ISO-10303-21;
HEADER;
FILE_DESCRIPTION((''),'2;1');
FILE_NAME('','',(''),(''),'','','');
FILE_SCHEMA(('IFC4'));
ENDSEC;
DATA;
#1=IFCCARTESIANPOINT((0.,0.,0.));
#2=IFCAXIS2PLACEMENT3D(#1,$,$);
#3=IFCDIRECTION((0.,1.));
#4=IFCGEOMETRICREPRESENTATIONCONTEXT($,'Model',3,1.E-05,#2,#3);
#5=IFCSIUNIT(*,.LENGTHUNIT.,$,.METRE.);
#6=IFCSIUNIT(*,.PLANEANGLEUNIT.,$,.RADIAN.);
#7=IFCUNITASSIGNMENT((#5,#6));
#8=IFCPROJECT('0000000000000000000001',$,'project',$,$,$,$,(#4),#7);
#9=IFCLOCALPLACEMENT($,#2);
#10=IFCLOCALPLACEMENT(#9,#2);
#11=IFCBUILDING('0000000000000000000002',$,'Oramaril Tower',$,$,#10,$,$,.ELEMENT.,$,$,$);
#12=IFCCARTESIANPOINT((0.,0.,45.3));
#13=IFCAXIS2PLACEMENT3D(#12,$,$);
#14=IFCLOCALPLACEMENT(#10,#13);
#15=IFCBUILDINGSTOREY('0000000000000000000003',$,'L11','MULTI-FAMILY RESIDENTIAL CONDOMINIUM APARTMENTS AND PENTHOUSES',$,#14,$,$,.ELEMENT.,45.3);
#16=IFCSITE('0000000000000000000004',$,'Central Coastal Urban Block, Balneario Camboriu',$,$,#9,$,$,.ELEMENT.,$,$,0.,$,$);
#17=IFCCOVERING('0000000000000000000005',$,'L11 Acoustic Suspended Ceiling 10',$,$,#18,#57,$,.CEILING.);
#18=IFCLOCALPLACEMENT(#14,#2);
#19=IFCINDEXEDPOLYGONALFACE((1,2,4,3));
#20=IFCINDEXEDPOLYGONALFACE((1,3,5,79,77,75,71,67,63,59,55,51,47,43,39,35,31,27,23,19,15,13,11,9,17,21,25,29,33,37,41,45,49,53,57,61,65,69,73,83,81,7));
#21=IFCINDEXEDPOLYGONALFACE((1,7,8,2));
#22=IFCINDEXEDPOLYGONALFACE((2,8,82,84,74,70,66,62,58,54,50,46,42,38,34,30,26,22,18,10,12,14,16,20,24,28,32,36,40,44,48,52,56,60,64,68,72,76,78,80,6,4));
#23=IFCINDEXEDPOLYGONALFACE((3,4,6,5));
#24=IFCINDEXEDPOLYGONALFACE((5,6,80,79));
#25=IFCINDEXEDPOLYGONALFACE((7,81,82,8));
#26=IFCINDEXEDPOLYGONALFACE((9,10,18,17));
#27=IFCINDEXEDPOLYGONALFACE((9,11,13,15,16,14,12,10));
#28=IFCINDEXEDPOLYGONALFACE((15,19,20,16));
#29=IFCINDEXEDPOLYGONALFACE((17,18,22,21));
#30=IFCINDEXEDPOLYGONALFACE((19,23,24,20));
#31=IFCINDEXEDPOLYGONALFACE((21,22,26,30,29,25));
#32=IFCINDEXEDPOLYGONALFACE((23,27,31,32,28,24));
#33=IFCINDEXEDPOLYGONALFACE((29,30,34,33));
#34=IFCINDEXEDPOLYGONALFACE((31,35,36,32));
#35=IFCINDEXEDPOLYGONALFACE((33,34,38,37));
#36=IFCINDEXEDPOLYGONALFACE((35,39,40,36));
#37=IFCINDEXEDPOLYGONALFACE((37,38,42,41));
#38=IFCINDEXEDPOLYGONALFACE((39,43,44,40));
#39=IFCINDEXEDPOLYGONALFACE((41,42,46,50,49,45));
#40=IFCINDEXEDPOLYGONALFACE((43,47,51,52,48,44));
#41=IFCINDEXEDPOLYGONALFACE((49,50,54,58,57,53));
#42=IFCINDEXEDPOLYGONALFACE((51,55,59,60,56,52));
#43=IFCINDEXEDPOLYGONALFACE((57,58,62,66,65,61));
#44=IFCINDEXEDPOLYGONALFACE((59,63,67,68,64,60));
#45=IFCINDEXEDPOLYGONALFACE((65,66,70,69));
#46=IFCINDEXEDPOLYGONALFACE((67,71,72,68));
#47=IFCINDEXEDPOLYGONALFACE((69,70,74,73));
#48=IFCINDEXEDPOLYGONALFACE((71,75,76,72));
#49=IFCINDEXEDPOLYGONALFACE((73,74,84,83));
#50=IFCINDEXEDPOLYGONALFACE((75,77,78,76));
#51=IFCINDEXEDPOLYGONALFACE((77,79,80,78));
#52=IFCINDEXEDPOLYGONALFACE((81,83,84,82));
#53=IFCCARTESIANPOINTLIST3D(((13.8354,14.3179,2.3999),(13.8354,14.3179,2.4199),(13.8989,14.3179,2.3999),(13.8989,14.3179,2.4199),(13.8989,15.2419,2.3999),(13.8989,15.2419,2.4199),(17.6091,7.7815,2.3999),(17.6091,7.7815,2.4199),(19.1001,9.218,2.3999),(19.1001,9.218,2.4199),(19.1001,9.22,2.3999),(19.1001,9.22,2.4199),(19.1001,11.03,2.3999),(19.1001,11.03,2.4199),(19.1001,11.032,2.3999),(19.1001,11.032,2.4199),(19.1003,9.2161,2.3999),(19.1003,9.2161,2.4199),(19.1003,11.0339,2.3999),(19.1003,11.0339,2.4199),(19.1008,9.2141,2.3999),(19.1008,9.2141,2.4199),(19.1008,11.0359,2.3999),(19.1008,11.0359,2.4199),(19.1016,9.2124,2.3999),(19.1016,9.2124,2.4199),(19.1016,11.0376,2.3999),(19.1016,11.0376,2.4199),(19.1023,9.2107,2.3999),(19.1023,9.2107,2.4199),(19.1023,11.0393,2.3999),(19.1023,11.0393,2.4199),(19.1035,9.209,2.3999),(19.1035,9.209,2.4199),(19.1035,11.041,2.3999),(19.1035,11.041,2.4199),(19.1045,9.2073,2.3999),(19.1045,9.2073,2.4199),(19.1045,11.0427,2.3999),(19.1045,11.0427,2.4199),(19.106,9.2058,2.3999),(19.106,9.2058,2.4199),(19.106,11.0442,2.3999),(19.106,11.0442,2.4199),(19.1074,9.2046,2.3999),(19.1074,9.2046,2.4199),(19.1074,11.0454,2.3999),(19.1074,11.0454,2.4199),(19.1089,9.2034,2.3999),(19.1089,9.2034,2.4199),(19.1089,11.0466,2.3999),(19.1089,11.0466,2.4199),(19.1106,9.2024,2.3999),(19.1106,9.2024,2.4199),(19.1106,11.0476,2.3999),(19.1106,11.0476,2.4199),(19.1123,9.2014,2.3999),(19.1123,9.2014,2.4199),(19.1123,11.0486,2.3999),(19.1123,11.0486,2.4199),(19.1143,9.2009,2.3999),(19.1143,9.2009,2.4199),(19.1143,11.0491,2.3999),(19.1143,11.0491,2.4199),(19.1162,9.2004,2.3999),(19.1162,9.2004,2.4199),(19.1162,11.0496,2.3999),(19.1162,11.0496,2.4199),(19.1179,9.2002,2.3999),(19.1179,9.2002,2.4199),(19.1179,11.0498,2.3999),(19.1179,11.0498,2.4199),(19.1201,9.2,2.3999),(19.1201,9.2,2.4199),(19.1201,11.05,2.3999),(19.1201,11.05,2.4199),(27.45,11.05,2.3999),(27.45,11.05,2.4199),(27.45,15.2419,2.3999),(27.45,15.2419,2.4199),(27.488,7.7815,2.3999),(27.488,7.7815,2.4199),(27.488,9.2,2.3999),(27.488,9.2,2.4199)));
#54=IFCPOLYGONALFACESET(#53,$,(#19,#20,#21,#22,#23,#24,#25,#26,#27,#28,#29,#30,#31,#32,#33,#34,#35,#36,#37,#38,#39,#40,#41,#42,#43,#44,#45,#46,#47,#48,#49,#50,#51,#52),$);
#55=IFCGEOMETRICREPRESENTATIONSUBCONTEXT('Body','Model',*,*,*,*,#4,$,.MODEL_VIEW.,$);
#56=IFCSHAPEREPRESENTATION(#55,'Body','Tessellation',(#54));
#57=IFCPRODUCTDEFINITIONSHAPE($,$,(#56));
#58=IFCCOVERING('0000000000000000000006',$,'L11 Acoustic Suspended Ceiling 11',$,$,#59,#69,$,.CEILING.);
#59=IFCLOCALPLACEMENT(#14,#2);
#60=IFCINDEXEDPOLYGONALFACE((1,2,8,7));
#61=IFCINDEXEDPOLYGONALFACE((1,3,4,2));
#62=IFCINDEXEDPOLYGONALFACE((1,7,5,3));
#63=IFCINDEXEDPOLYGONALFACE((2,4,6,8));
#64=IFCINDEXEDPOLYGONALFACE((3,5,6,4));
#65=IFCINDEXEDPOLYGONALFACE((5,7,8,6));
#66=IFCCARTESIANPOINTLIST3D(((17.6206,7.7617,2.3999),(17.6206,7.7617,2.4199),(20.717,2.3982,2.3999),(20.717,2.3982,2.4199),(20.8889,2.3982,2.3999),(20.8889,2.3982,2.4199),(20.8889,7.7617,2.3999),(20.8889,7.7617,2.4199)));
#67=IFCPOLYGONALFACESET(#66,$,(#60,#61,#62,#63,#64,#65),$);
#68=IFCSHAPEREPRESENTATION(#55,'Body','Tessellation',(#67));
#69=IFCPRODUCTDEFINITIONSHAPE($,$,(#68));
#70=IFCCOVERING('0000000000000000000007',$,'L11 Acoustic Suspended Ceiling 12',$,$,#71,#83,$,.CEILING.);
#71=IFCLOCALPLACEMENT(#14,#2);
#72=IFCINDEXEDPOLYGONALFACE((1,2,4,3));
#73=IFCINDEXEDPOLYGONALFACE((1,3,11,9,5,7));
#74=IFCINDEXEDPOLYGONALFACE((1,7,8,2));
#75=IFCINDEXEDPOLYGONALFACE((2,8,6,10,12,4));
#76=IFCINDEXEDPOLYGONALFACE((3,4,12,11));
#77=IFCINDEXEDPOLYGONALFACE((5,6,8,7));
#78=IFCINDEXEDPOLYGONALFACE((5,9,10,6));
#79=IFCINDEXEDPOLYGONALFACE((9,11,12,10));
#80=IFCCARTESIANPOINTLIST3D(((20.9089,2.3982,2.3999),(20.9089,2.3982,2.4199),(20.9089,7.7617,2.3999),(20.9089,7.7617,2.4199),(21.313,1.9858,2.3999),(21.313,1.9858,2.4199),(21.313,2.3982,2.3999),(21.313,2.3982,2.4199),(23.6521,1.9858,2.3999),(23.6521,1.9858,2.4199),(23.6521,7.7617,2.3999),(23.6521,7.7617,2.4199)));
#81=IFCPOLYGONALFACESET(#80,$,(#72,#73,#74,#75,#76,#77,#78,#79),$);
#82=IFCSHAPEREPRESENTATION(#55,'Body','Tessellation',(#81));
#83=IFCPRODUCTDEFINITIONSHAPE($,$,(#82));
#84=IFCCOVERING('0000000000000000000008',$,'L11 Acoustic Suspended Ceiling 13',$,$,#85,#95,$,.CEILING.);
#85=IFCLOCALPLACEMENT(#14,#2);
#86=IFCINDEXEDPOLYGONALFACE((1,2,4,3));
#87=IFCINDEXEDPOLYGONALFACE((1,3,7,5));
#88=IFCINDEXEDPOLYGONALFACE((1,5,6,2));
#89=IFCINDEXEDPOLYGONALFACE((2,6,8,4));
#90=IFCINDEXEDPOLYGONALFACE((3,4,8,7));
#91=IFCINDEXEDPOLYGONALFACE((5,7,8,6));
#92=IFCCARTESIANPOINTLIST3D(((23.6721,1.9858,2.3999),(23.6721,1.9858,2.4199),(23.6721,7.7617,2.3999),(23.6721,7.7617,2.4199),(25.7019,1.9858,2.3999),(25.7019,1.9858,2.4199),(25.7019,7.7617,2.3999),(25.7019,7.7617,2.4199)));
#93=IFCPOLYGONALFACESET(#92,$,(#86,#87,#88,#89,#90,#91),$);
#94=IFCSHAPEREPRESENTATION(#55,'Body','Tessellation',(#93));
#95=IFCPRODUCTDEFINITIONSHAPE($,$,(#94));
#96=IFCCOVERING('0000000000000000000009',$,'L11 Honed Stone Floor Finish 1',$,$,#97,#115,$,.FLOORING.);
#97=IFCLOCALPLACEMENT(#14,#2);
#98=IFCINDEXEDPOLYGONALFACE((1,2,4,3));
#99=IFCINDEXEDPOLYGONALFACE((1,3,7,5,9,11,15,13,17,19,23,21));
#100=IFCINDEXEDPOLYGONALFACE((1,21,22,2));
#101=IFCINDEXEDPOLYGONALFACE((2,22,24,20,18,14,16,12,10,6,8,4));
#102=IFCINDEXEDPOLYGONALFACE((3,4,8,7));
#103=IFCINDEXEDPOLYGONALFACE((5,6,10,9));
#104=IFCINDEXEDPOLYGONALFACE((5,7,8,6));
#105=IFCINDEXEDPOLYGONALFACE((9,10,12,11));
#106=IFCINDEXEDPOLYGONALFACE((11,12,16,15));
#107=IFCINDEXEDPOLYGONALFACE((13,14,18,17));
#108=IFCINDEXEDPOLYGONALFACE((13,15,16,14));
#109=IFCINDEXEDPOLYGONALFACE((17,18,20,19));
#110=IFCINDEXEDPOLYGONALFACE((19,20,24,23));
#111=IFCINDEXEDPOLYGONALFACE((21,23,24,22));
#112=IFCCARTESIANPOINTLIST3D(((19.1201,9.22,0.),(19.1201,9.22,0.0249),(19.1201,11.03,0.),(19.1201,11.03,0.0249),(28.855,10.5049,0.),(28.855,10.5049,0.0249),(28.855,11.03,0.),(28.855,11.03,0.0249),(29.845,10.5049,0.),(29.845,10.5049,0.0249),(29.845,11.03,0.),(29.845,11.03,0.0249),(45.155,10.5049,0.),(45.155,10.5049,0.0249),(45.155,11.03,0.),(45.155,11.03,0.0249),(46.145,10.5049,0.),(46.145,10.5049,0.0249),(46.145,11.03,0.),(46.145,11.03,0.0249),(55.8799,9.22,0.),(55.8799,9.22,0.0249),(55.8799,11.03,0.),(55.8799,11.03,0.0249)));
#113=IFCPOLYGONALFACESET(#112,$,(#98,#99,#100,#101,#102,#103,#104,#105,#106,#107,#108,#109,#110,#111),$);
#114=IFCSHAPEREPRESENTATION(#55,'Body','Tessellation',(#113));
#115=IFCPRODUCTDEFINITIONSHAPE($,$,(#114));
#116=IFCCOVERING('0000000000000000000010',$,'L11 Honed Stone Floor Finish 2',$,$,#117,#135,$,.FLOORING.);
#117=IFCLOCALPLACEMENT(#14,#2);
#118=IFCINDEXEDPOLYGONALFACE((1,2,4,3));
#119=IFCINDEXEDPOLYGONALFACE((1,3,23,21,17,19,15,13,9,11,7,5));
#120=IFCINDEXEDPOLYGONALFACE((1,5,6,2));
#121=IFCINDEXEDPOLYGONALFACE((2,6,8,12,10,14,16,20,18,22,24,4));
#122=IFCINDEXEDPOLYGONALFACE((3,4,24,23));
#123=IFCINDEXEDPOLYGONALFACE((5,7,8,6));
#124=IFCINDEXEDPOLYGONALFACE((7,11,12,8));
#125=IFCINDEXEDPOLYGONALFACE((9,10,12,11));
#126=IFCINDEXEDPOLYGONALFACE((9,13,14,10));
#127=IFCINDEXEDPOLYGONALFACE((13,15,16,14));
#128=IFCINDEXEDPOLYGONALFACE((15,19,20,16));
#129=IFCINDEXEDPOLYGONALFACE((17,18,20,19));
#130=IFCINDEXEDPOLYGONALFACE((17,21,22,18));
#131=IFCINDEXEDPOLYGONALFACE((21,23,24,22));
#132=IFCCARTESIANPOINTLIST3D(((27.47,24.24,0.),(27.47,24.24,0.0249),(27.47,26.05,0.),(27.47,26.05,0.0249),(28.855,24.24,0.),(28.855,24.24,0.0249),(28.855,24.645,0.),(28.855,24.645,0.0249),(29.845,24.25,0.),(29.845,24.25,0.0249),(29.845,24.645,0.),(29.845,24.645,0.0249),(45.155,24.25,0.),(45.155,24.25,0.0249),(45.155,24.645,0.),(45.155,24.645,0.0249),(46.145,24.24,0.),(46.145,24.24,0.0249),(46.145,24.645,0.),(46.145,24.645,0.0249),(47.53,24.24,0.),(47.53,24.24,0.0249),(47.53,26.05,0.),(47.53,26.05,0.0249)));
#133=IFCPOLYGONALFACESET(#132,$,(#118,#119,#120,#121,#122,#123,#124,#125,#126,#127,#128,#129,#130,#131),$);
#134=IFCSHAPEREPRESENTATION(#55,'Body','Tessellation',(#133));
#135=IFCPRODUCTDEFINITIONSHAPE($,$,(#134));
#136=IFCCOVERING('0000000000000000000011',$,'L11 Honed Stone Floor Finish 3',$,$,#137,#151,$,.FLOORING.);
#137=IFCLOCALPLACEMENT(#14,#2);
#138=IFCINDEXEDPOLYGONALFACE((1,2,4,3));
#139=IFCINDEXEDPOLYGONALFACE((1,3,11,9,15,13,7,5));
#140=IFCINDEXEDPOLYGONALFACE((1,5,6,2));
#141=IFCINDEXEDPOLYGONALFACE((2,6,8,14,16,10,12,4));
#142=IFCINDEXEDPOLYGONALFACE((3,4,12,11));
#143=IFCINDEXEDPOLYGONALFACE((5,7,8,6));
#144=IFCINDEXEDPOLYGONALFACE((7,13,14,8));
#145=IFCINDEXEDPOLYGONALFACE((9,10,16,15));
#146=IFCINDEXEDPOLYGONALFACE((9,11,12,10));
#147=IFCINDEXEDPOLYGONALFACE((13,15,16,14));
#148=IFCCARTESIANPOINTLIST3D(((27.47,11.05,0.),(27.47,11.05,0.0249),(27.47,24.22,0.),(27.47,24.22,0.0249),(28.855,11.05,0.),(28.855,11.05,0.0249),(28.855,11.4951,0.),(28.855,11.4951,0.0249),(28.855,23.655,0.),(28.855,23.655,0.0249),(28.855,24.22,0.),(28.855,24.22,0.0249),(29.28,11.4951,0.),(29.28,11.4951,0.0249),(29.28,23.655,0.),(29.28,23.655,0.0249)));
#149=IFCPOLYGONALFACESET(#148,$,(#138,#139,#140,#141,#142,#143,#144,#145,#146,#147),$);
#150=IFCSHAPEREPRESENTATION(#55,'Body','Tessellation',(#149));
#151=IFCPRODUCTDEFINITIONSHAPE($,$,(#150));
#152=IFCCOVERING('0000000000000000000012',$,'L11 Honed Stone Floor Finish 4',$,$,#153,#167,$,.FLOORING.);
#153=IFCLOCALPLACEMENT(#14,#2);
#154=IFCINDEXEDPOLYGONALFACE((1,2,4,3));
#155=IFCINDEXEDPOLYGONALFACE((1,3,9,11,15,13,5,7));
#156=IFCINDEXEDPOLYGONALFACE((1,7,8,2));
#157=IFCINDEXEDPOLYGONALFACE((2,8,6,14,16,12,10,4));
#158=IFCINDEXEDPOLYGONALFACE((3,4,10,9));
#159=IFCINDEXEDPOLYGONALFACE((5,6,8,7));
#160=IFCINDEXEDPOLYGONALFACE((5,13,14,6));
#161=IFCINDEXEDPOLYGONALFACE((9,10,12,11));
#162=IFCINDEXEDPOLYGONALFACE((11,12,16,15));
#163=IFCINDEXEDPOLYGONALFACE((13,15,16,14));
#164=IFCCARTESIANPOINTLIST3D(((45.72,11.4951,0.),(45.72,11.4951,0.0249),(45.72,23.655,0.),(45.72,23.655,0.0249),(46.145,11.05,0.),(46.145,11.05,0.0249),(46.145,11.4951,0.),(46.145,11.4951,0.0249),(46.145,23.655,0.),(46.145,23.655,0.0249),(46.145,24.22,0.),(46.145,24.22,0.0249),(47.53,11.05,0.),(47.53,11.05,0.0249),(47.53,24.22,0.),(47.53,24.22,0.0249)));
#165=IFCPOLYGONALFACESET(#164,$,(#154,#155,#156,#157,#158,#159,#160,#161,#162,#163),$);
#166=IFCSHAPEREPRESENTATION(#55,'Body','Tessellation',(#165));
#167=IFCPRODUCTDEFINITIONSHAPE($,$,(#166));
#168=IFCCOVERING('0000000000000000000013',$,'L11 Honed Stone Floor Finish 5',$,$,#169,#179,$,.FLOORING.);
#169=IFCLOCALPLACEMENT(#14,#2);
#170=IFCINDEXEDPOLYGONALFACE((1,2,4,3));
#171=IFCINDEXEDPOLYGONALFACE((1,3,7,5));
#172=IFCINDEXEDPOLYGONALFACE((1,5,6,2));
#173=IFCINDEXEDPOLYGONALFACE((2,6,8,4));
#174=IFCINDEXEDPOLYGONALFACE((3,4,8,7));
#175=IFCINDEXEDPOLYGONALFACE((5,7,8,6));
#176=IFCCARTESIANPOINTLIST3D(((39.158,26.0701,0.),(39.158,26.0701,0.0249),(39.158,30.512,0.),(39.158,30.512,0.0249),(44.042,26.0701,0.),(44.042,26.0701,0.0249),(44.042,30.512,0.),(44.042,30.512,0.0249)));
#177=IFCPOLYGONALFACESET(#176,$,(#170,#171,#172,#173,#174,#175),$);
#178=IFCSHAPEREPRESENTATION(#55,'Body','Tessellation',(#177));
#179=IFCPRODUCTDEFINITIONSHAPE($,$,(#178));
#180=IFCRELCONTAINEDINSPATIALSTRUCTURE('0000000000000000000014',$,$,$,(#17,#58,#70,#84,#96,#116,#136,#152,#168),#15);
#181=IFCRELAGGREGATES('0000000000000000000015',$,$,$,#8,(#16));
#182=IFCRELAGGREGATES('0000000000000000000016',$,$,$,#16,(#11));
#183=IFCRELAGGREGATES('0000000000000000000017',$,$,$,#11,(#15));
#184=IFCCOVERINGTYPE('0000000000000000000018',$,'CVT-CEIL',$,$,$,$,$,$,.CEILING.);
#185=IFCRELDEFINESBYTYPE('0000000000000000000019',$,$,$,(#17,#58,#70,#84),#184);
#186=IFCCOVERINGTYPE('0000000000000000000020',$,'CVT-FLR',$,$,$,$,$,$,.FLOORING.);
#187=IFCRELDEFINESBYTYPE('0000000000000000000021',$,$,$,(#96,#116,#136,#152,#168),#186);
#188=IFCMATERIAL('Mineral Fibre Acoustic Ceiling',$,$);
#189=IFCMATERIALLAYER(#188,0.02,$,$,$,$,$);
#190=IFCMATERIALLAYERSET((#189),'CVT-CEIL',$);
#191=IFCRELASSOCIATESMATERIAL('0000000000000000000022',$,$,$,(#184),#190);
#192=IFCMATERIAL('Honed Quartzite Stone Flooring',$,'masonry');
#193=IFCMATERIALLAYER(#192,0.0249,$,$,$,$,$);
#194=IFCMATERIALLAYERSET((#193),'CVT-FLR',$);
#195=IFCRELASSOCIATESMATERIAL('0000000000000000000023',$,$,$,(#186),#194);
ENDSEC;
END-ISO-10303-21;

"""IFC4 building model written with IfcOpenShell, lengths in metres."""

from ifc_helpers import new_model, si_unit, direction, frame, origin, place, context, subcontext, project, spatial, polyline, outline, extrude, material, layer, layer_set, type_object, element, save


model = new_model("IFC4")

# Units and contexts
model_context = context("Model", 3, precision=1e-05, world=origin(), true_north=direction((0.0, 1.0)))
body_context = subcontext(model_context, "Body", "Model", "MODEL_VIEW")
ifc_project = project(units=[si_unit("LENGTHUNIT", "METRE"), si_unit("PLANEANGLEUNIT", "RADIAN")], contexts=[model_context])

# Site, building, storey
site_placement = place(None, origin())
site = spatial("IfcSite", under=ifc_project, at=site_placement, Name="Central Coastal Urban Block, Balneario Camboriu", CompositionType="ELEMENT", RefElevation=0.0)
building_placement = place(site_placement, origin())
building = spatial("IfcBuilding", under=site, at=building_placement, Name="Oramaril Tower", CompositionType="ELEMENT")
storey_placement = place(building_placement, frame((0.0, 0.0, 45.3)))
storey = spatial("IfcBuildingStorey", under=building, at=storey_placement, Name="L11", Description="MULTI-FAMILY RESIDENTIAL CONDOMINIUM APARTMENTS AND PENTHOUSES", CompositionType="ELEMENT", Elevation=45.3)

# Coverings
ifc_material_1 = material(Name="Mineral Fibre Acoustic Ceiling")
ifc_layer_1 = layer(ifc_material_1, 0.02)
ifc_layer_set_1 = layer_set([ifc_layer_1], Name="CVT-CEIL")
covering_type_1 = type_object("IfcCoveringType", Name="CVT-CEIL", PredefinedType="CEILING", material=ifc_layer_set_1)
covering_1_placement = place(storey_placement, frame((0.0, 0.0, 2.3999)))
element("IfcCovering", 1, at=covering_1_placement, inside=storey, type_object=covering_type_1, Name="L11 Acoustic Suspended Ceiling 10", PredefinedType="CEILING", context=body_context, shape_type="SweptSolid", body=[
    extrude(outline(polyline([(17.6091, 7.7815), (13.8354, 14.3179), (13.8989, 14.3179), (13.8989, 15.2419), (27.45, 15.2419), (27.45, 11.05), (19.1201, 11.05), (19.1179, 11.0498), (19.1162, 11.0496), (19.1143, 11.0491), (19.1123, 11.0486), (19.1106, 11.0476), (19.1089, 11.0466), (19.1074, 11.0454), (19.106, 11.0442), (19.1045, 11.0427), (19.1035, 11.041), (19.1023, 11.0393), (19.1016, 11.0376), (19.1008, 11.0359), (19.1003, 11.0339), (19.1001, 11.032), (19.1001, 11.03), (19.1001, 9.22), (19.1001, 9.218), (19.1003, 9.2161), (19.1008, 9.2141), (19.1016, 9.2124), (19.1023, 9.2107), (19.1035, 9.209), (19.1045, 9.2073), (19.106, 9.2058), (19.1074, 9.2046), (19.1089, 9.2034), (19.1106, 9.2024), (19.1123, 9.2014), (19.1143, 9.2009), (19.1162, 9.2004), (19.1179, 9.2002), (19.1201, 9.2), (27.488, 9.2), (27.488, 7.7815), (17.6091, 7.7815)])), origin(), (0.0, 0.0, 1.0), 0.02),
])
covering_2_placement = place(storey_placement, frame((0.0, 0.0, 2.3999)))
element("IfcCovering", 2, at=covering_2_placement, inside=storey, type_object=covering_type_1, Name="L11 Acoustic Suspended Ceiling 11", PredefinedType="CEILING", context=body_context, shape_type="SweptSolid", body=[
    extrude(outline(polyline([(20.717, 2.3982), (17.6206, 7.7617), (20.8889, 7.7617), (20.8889, 2.3982), (20.717, 2.3982)])), origin(), (0.0, 0.0, 1.0), 0.02),
])
covering_3_placement = place(storey_placement, frame((0.0, 0.0, 2.3999)))
element("IfcCovering", 3, at=covering_3_placement, inside=storey, type_object=covering_type_1, Name="L11 Acoustic Suspended Ceiling 12", PredefinedType="CEILING", context=body_context, shape_type="SweptSolid", body=[
    extrude(outline(polyline([(21.313, 1.9858), (21.313, 2.3982), (20.9089, 2.3982), (20.9089, 7.7617), (23.6521, 7.7617), (23.6521, 1.9858), (21.313, 1.9858)])), origin(), (0.0, 0.0, 1.0), 0.02),
])
covering_4_placement = place(storey_placement, frame((0.0, 0.0, 2.3999)))
element("IfcCovering", 4, at=covering_4_placement, inside=storey, type_object=covering_type_1, Name="L11 Acoustic Suspended Ceiling 13", PredefinedType="CEILING", context=body_context, shape_type="SweptSolid", body=[
    extrude(outline(polyline([(23.6721, 1.9858), (23.6721, 7.7617), (25.7019, 7.7617), (25.7019, 1.9858), (23.6721, 1.9858)])), origin(), (0.0, 0.0, 1.0), 0.02),
])
ifc_material_2 = material(Name="Honed Quartzite Stone Flooring", Category="masonry")
ifc_layer_2 = layer(ifc_material_2, 0.0249)
ifc_layer_set_2 = layer_set([ifc_layer_2], Name="CVT-FLR")
covering_type_2 = type_object("IfcCoveringType", Name="CVT-FLR", PredefinedType="FLOORING", material=ifc_layer_set_2)
covering_5_placement = place(storey_placement, origin())
element("IfcCovering", 5, at=covering_5_placement, inside=storey, type_object=covering_type_2, Name="L11 Honed Stone Floor Finish 1", PredefinedType="FLOORING", context=body_context, shape_type="SweptSolid", body=[
    extrude(outline(polyline([(28.855, 10.5049), (29.845, 10.5049), (29.845, 11.03), (45.155, 11.03), (45.155, 10.5049), (46.145, 10.5049), (46.145, 11.03), (55.8799, 11.03), (55.8799, 9.22), (19.1201, 9.22), (19.1201, 11.03), (28.855, 11.03), (28.855, 10.5049)])), origin(), (0.0, 0.0, 1.0), 0.0249),
])
covering_6_placement = place(storey_placement, origin())
element("IfcCovering", 6, at=covering_6_placement, inside=storey, type_object=covering_type_2, Name="L11 Honed Stone Floor Finish 2", PredefinedType="FLOORING", context=body_context, shape_type="SweptSolid", body=[
    extrude(outline(polyline([(47.53, 24.24), (46.145, 24.24), (46.145, 24.645), (45.155, 24.645), (45.155, 24.25), (29.845, 24.25), (29.845, 24.645), (28.855, 24.645), (28.855, 24.24), (27.47, 24.24), (27.47, 26.05), (47.53, 26.05), (47.53, 24.24)])), origin(), (0.0, 0.0, 1.0), 0.0249),
])
covering_7_placement = place(storey_placement, origin())
element("IfcCovering", 7, at=covering_7_placement, inside=storey, type_object=covering_type_2, Name="L11 Honed Stone Floor Finish 3", PredefinedType="FLOORING", context=body_context, shape_type="SweptSolid", body=[
    extrude(outline(polyline([(28.855, 23.655), (29.28, 23.655), (29.28, 11.4951), (28.855, 11.4951), (28.855, 11.05), (27.47, 11.05), (27.47, 24.22), (28.855, 24.22), (28.855, 23.655)])), origin(), (0.0, 0.0, 1.0), 0.0249),
])
covering_8_placement = place(storey_placement, origin())
element("IfcCovering", 8, at=covering_8_placement, inside=storey, type_object=covering_type_2, Name="L11 Honed Stone Floor Finish 4", PredefinedType="FLOORING", context=body_context, shape_type="SweptSolid", body=[
    extrude(outline(polyline([(47.53, 11.05), (46.145, 11.05), (46.145, 11.4951), (45.72, 11.4951), (45.72, 23.655), (46.145, 23.655), (46.145, 24.22), (47.53, 24.22), (47.53, 11.05)])), origin(), (0.0, 0.0, 1.0), 0.0249),
])
covering_9_placement = place(storey_placement, origin())
element("IfcCovering", 9, at=covering_9_placement, inside=storey, type_object=covering_type_2, Name="L11 Honed Stone Floor Finish 5", PredefinedType="FLOORING", context=body_context, shape_type="SweptSolid", body=[
    extrude(outline(polyline([(44.042, 30.512), (44.042, 26.0701), (39.158, 26.0701), (39.158, 30.512), (44.042, 30.512)])), origin(), (0.0, 0.0, 1.0), 0.0249),
])

save(model, "model.ifc")
